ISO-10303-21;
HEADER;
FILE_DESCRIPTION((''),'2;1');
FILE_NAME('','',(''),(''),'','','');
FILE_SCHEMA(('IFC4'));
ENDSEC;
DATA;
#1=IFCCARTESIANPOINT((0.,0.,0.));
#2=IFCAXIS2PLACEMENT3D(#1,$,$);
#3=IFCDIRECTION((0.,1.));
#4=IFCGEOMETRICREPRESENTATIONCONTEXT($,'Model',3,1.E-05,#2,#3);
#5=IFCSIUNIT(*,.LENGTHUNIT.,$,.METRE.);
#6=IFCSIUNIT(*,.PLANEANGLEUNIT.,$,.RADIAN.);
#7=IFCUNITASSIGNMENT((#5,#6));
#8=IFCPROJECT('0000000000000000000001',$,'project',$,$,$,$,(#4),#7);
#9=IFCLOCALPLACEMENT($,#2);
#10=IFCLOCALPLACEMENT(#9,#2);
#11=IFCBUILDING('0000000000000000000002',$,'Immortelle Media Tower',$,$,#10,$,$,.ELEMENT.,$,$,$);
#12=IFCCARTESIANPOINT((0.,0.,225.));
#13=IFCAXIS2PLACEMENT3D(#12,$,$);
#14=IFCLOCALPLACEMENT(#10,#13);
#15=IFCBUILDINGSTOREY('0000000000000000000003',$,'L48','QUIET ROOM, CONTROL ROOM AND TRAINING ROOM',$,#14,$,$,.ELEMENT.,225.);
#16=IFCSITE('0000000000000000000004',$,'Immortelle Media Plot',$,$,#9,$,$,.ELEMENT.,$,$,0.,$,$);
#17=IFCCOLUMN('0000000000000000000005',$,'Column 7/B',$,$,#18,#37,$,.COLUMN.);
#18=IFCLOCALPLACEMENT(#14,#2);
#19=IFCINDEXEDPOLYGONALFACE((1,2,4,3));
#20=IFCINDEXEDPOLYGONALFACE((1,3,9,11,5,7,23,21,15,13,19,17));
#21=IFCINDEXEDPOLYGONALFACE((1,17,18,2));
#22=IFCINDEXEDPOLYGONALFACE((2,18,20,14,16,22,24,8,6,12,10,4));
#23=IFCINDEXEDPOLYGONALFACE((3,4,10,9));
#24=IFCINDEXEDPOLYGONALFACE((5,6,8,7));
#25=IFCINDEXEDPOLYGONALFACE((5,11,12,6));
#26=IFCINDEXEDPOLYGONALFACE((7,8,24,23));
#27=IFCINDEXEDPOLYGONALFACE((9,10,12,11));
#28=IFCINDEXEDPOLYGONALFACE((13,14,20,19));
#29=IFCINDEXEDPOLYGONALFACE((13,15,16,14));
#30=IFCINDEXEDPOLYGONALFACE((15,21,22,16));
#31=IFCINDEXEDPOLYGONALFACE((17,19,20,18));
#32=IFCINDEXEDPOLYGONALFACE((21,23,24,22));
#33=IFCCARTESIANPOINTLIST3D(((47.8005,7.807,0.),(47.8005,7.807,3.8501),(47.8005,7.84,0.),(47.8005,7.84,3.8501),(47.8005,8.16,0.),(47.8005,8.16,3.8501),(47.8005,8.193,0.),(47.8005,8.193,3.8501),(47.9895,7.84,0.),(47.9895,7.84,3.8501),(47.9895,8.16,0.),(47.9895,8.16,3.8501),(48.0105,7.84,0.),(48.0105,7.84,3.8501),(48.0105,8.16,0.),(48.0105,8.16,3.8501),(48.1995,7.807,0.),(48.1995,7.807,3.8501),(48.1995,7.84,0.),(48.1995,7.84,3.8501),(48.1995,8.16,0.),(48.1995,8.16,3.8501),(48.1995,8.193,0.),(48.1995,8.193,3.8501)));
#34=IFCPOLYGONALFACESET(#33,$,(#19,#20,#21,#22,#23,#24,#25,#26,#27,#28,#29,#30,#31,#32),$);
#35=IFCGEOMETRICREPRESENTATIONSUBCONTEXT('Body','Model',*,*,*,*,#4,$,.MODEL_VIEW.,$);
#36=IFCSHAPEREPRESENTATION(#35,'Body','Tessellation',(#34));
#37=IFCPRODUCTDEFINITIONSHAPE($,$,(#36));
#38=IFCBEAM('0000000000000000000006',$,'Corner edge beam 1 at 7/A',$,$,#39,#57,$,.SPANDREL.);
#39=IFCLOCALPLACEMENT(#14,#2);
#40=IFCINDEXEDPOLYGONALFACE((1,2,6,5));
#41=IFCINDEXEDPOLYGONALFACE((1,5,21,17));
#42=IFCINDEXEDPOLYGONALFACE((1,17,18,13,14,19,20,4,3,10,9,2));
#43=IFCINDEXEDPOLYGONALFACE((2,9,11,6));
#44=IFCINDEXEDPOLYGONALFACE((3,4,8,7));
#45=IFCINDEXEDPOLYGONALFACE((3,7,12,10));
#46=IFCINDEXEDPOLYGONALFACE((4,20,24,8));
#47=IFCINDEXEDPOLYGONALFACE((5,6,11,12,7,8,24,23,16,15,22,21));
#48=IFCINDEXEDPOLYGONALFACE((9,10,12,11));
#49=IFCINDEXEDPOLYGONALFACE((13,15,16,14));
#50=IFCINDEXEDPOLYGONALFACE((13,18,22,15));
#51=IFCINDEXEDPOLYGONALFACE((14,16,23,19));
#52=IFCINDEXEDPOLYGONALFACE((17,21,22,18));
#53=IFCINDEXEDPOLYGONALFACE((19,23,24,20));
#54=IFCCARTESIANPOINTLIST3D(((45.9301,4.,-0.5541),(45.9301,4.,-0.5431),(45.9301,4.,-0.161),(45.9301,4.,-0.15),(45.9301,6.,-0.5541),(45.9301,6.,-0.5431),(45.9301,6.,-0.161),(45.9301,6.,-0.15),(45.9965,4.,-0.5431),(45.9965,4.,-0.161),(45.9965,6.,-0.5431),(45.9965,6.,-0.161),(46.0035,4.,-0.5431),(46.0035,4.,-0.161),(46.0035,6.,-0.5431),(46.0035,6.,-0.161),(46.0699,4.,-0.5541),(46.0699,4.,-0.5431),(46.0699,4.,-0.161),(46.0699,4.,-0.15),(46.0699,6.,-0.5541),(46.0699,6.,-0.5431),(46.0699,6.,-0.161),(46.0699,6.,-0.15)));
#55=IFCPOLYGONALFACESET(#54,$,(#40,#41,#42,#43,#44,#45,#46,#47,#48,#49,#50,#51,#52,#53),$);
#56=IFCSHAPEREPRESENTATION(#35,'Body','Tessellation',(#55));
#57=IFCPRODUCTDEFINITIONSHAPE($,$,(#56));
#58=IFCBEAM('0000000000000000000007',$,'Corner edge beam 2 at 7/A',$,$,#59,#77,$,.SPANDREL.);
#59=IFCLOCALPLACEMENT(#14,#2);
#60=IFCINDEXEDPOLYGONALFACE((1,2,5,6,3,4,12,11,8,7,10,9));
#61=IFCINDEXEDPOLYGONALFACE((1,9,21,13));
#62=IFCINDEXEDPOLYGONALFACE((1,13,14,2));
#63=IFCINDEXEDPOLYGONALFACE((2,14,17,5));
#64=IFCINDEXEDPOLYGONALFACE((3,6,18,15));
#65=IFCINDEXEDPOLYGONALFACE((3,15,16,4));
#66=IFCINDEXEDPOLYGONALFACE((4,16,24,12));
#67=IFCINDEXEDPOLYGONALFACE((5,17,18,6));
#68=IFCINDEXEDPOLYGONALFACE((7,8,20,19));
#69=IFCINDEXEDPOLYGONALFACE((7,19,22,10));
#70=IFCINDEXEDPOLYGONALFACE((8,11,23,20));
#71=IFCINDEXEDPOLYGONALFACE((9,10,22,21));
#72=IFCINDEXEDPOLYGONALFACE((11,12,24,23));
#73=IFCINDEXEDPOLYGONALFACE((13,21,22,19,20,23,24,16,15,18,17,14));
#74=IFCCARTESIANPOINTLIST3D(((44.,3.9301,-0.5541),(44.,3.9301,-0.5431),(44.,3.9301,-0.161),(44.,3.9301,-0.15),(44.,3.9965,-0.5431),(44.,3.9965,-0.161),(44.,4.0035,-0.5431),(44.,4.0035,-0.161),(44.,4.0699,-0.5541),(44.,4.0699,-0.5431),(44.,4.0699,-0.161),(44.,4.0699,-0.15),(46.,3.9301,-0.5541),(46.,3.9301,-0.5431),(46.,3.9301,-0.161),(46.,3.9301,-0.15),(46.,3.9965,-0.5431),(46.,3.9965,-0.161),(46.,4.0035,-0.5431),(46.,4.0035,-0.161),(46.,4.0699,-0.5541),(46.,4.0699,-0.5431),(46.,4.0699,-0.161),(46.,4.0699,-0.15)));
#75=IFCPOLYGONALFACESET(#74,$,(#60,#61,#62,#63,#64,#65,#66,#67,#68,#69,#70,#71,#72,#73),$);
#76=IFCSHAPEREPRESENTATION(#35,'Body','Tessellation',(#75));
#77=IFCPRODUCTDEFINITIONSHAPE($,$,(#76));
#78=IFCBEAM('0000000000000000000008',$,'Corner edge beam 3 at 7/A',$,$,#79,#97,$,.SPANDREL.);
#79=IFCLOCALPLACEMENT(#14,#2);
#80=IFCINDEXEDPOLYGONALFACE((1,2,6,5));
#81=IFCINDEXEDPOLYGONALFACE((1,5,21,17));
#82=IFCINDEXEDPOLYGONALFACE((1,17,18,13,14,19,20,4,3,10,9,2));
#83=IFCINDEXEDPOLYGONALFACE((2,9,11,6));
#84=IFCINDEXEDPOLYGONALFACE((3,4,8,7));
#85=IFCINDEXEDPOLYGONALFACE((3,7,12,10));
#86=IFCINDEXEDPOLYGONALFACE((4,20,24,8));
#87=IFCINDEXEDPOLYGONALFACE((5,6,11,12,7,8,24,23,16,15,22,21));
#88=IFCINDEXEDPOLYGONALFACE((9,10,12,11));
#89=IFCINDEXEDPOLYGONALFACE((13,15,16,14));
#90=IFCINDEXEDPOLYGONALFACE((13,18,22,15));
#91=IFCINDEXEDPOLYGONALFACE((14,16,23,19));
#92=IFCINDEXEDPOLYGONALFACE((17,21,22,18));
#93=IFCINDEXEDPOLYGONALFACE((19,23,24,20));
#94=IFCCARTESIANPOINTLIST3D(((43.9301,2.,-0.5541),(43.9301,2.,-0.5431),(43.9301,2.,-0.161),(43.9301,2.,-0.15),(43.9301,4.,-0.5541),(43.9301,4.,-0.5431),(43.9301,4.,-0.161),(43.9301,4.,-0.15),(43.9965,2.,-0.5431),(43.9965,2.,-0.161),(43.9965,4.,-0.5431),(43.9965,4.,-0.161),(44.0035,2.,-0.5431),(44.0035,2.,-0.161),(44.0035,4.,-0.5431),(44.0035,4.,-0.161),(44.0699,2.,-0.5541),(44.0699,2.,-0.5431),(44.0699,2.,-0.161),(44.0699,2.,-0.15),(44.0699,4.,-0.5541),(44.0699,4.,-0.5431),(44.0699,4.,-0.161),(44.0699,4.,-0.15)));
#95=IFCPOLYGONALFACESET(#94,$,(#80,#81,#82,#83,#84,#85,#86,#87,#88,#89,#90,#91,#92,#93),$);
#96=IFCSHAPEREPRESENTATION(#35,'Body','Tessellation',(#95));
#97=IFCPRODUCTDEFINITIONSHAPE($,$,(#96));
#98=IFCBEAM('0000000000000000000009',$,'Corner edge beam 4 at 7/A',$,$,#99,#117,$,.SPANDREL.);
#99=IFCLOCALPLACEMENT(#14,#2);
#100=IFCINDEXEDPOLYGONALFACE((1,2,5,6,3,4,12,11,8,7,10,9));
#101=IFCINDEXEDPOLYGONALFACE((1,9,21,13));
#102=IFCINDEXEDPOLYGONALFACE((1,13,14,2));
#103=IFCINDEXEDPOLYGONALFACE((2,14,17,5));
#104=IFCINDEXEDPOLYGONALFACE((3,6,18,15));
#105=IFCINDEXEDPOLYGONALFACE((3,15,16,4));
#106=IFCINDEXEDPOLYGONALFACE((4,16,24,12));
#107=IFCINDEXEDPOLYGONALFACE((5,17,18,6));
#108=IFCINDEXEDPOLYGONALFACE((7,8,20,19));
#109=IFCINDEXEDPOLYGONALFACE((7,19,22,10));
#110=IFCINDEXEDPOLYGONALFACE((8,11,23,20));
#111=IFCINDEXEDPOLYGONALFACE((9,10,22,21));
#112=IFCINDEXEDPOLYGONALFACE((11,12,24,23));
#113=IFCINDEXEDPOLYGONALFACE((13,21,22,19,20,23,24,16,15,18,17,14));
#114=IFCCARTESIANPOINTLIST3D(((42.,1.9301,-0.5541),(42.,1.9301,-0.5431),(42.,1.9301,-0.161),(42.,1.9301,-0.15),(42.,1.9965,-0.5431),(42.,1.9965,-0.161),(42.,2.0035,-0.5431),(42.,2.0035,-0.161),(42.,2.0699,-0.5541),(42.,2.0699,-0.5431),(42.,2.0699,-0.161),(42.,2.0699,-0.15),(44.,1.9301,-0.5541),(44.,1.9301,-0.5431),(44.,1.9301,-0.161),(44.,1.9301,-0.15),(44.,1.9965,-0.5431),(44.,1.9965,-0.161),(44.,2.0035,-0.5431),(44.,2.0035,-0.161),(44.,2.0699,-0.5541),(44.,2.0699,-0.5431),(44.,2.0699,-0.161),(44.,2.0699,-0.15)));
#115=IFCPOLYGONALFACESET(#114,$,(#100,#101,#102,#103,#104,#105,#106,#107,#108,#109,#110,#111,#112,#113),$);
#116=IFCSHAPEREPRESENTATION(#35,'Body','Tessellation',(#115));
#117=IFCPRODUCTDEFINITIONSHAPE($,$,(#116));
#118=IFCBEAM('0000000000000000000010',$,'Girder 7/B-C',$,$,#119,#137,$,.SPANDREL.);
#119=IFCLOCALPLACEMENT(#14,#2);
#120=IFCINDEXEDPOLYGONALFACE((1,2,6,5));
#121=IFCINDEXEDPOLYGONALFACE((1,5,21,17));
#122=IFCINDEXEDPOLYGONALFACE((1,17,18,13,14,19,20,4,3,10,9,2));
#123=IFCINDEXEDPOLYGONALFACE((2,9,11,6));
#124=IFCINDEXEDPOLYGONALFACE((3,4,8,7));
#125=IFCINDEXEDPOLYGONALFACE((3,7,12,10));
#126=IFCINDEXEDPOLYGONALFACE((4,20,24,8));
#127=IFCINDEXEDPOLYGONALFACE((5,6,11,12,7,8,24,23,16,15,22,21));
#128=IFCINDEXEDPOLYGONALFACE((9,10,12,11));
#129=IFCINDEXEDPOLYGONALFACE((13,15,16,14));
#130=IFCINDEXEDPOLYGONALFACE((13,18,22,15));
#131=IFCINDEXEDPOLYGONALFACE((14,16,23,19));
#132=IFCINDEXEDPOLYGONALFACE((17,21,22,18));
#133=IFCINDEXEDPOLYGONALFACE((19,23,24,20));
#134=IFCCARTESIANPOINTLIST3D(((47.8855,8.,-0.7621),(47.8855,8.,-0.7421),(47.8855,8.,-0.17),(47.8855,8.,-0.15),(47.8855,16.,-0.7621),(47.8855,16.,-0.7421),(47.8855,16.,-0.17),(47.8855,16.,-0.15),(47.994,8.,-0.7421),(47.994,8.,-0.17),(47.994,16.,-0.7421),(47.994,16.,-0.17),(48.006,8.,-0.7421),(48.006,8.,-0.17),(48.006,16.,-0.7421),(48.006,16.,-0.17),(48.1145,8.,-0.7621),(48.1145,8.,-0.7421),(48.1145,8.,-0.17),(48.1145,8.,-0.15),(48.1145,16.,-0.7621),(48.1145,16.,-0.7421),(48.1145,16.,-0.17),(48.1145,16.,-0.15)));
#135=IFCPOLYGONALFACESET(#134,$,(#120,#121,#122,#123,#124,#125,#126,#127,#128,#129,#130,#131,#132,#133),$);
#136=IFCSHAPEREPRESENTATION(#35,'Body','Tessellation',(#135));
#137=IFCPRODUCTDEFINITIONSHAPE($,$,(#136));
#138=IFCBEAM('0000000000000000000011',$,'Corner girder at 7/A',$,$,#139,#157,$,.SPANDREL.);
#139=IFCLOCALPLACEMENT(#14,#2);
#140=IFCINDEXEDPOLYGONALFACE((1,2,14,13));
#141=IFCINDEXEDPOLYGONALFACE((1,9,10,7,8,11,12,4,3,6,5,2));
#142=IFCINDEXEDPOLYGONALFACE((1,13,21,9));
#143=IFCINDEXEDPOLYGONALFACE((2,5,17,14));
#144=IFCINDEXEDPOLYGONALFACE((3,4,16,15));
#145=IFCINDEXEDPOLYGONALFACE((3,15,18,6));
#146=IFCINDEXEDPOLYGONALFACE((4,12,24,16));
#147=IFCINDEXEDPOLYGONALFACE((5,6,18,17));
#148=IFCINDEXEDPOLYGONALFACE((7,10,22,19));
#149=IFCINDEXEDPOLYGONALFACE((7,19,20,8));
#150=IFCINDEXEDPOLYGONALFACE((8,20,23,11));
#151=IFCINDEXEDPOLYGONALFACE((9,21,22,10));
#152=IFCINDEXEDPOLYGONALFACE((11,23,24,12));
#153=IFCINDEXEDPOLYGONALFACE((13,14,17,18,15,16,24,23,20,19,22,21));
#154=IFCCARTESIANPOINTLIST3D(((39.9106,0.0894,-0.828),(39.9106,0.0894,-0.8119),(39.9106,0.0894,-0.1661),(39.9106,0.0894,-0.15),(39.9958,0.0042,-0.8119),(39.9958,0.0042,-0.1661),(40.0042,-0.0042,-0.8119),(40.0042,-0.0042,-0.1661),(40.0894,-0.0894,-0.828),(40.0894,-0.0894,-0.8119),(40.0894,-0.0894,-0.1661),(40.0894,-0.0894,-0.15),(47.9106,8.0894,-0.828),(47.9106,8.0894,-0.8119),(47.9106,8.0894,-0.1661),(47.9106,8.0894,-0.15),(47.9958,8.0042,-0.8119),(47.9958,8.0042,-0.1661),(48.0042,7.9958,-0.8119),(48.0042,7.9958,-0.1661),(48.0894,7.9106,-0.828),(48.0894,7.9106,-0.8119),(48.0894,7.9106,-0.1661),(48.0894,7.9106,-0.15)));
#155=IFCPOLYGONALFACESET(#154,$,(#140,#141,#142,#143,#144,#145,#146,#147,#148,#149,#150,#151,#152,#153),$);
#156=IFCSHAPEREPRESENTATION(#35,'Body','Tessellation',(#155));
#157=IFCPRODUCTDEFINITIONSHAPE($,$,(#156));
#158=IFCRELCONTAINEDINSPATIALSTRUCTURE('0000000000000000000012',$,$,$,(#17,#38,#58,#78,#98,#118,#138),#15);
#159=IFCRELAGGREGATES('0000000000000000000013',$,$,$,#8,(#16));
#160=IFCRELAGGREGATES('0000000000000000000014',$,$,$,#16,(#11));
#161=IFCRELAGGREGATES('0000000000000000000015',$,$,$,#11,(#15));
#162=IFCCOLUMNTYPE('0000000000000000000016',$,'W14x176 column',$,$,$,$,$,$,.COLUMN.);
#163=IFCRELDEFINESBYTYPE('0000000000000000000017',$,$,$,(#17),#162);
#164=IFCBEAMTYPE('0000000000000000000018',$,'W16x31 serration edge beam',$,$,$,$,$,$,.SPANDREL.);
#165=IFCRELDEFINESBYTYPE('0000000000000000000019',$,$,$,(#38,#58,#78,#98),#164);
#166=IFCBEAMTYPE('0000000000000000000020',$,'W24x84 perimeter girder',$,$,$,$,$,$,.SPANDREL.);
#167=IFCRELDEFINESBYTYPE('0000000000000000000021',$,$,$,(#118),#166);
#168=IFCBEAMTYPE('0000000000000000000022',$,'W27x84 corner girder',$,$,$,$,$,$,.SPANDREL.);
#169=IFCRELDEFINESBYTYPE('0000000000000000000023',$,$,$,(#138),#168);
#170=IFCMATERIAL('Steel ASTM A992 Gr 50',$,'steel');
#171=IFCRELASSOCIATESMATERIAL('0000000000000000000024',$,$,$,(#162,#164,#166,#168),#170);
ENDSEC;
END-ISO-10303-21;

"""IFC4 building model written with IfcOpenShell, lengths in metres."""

from ifc_helpers import new_model, si_unit, direction, frame, origin, origin_2d, place, context, subcontext, project, spatial, i_section, extrude, material, material_profile, profile_set, type_object, element, save


model = new_model("IFC4")

# Units and contexts
model_context = context("Model", 3, precision=1e-05, world=origin(), true_north=direction((0.0, 1.0)))
body_context = subcontext(model_context, "Body", "Model", "MODEL_VIEW")
ifc_project = project(units=[si_unit("LENGTHUNIT", "METRE"), si_unit("PLANEANGLEUNIT", "RADIAN")], contexts=[model_context])

# Site, building, storey
site_placement = place(None, origin())
site = spatial("IfcSite", under=ifc_project, at=site_placement, Name="Immortelle Media Plot", CompositionType="ELEMENT", RefElevation=0.0)
building_placement = place(site_placement, origin())
building = spatial("IfcBuilding", under=site, at=building_placement, Name="Immortelle Media Tower", CompositionType="ELEMENT")
storey_placement = place(building_placement, frame((0.0, 0.0, 225.0)))
storey = spatial("IfcBuildingStorey", under=building, at=storey_placement, Name="L48", Description="QUIET ROOM, CONTROL ROOM AND TRAINING ROOM", CompositionType="ELEMENT", Elevation=225.0)

# Column
ifc_material_1 = material(Name="Steel ASTM A992 Gr 50", Category="steel")
ifc_material_profile_1 = material_profile(ifc_material_1, i_section(OverallWidth=0.3989, OverallDepth=0.386, WebThickness=0.021, FlangeThickness=0.033, at=origin_2d()), Name="W14x176")
ifc_profile_set_1 = profile_set([ifc_material_profile_1], Name="Steel ASTM A992 Gr 50")
column_type = type_object("IfcColumnType", Name="W14x176 column", PredefinedType="COLUMN", material=ifc_profile_set_1)
column_placement = place(storey_placement, frame((48.0, 8.0, 0.0), z_axis=(0.0, 0.0, 1.0), x_axis=(1.0, 0.0, 0.0)))
element("IfcColumn", 1, at=column_placement, inside=storey, type_object=column_type, Name="Column 7/B", PredefinedType="COLUMN", context=body_context, shape_type="SweptSolid", body=[
    extrude(i_section(OverallWidth=0.3989, OverallDepth=0.386, WebThickness=0.021, FlangeThickness=0.033, at=origin_2d()), origin(), (0.0, 0.0, 1.0), 3.8501),
])

# Beams
ifc_material_profile_2 = material_profile(ifc_material_1, i_section(OverallWidth=0.1399, OverallDepth=0.4041, WebThickness=0.0071, FlangeThickness=0.011, at=origin_2d()), Name="W16x31")
ifc_profile_set_2 = profile_set([ifc_material_profile_2], Name="Steel ASTM A992 Gr 50")
beam_type_1 = type_object("IfcBeamType", Name="W16x31 serration edge beam", PredefinedType="SPANDREL", material=ifc_profile_set_2)
for number, where, z_axis, x_axis, name in (
    (2, (46.0, 6.0, -0.3521), (0.0, -1.0, 0.0), (1.0, 0.0, 0.0), "Corner edge beam 1 at 7/A"),
    (3, (46.0, 4.0, -0.3521), (-1.0, 0.0, 0.0), (0.0, -1.0, 0.0), "Corner edge beam 2 at 7/A"),
    (4, (44.0, 4.0, -0.3521), (0.0, -1.0, 0.0), (1.0, 0.0, 0.0), "Corner edge beam 3 at 7/A"),
    (5, (44.0, 2.0, -0.3521), (-1.0, 0.0, 0.0), (0.0, -1.0, 0.0), "Corner edge beam 4 at 7/A"),
):
    element("IfcBeam", number, at=place(storey_placement, frame(where, z_axis=z_axis, x_axis=x_axis)), inside=storey, type_object=beam_type_1, Name=name, PredefinedType="SPANDREL", context=body_context, shape_type="SweptSolid", body=[
        extrude(i_section(OverallWidth=0.1399, OverallDepth=0.4041, WebThickness=0.0071, FlangeThickness=0.011, at=origin_2d()), origin(), (0.0, 0.0, 1.0), 2.0),
    ])
ifc_material_profile_3 = material_profile(ifc_material_1, i_section(OverallWidth=0.229, OverallDepth=0.6121, WebThickness=0.012, FlangeThickness=0.02, at=origin_2d()), Name="W24x84")
ifc_profile_set_3 = profile_set([ifc_material_profile_3], Name="Steel ASTM A992 Gr 50")
beam_type_2 = type_object("IfcBeamType", Name="W24x84 perimeter girder", PredefinedType="SPANDREL", material=ifc_profile_set_3)
beam_1_placement = place(storey_placement, frame((48.0, 8.0, -0.4561), z_axis=(0.0, 1.0, 0.0), x_axis=(-1.0, 0.0, 0.0)))
element("IfcBeam", 6, at=beam_1_placement, inside=storey, type_object=beam_type_2, Name="Girder 7/B-C", PredefinedType="SPANDREL", context=body_context, shape_type="SweptSolid", body=[
    extrude(i_section(OverallWidth=0.229, OverallDepth=0.6121, WebThickness=0.012, FlangeThickness=0.02, at=origin_2d()), origin(), (0.0, 0.0, 1.0), 8.0),
])
ifc_material_profile_4 = material_profile(ifc_material_1, i_section(OverallWidth=0.2529, OverallDepth=0.678, WebThickness=0.012, FlangeThickness=0.0161, at=origin_2d()), Name="W27x84")
ifc_profile_set_4 = profile_set([ifc_material_profile_4], Name="Steel ASTM A992 Gr 50")
beam_type_3 = type_object("IfcBeamType", Name="W27x84 corner girder", PredefinedType="SPANDREL", material=ifc_profile_set_4)
beam_2_placement = place(storey_placement, frame((48.0, 8.0, -0.489), z_axis=(-0.707107, -0.707107, 0.0), x_axis=(0.707107, -0.707107, 0.0)))
element("IfcBeam", 7, at=beam_2_placement, inside=storey, type_object=beam_type_3, Name="Corner girder at 7/A", PredefinedType="SPANDREL", context=body_context, shape_type="SweptSolid", body=[
    extrude(i_section(OverallWidth=0.2529, OverallDepth=0.678, WebThickness=0.012, FlangeThickness=0.0161, at=origin_2d()), origin(), (0.0, 0.0, 1.0), 11.3137),
])

save(model, "model.ifc")
